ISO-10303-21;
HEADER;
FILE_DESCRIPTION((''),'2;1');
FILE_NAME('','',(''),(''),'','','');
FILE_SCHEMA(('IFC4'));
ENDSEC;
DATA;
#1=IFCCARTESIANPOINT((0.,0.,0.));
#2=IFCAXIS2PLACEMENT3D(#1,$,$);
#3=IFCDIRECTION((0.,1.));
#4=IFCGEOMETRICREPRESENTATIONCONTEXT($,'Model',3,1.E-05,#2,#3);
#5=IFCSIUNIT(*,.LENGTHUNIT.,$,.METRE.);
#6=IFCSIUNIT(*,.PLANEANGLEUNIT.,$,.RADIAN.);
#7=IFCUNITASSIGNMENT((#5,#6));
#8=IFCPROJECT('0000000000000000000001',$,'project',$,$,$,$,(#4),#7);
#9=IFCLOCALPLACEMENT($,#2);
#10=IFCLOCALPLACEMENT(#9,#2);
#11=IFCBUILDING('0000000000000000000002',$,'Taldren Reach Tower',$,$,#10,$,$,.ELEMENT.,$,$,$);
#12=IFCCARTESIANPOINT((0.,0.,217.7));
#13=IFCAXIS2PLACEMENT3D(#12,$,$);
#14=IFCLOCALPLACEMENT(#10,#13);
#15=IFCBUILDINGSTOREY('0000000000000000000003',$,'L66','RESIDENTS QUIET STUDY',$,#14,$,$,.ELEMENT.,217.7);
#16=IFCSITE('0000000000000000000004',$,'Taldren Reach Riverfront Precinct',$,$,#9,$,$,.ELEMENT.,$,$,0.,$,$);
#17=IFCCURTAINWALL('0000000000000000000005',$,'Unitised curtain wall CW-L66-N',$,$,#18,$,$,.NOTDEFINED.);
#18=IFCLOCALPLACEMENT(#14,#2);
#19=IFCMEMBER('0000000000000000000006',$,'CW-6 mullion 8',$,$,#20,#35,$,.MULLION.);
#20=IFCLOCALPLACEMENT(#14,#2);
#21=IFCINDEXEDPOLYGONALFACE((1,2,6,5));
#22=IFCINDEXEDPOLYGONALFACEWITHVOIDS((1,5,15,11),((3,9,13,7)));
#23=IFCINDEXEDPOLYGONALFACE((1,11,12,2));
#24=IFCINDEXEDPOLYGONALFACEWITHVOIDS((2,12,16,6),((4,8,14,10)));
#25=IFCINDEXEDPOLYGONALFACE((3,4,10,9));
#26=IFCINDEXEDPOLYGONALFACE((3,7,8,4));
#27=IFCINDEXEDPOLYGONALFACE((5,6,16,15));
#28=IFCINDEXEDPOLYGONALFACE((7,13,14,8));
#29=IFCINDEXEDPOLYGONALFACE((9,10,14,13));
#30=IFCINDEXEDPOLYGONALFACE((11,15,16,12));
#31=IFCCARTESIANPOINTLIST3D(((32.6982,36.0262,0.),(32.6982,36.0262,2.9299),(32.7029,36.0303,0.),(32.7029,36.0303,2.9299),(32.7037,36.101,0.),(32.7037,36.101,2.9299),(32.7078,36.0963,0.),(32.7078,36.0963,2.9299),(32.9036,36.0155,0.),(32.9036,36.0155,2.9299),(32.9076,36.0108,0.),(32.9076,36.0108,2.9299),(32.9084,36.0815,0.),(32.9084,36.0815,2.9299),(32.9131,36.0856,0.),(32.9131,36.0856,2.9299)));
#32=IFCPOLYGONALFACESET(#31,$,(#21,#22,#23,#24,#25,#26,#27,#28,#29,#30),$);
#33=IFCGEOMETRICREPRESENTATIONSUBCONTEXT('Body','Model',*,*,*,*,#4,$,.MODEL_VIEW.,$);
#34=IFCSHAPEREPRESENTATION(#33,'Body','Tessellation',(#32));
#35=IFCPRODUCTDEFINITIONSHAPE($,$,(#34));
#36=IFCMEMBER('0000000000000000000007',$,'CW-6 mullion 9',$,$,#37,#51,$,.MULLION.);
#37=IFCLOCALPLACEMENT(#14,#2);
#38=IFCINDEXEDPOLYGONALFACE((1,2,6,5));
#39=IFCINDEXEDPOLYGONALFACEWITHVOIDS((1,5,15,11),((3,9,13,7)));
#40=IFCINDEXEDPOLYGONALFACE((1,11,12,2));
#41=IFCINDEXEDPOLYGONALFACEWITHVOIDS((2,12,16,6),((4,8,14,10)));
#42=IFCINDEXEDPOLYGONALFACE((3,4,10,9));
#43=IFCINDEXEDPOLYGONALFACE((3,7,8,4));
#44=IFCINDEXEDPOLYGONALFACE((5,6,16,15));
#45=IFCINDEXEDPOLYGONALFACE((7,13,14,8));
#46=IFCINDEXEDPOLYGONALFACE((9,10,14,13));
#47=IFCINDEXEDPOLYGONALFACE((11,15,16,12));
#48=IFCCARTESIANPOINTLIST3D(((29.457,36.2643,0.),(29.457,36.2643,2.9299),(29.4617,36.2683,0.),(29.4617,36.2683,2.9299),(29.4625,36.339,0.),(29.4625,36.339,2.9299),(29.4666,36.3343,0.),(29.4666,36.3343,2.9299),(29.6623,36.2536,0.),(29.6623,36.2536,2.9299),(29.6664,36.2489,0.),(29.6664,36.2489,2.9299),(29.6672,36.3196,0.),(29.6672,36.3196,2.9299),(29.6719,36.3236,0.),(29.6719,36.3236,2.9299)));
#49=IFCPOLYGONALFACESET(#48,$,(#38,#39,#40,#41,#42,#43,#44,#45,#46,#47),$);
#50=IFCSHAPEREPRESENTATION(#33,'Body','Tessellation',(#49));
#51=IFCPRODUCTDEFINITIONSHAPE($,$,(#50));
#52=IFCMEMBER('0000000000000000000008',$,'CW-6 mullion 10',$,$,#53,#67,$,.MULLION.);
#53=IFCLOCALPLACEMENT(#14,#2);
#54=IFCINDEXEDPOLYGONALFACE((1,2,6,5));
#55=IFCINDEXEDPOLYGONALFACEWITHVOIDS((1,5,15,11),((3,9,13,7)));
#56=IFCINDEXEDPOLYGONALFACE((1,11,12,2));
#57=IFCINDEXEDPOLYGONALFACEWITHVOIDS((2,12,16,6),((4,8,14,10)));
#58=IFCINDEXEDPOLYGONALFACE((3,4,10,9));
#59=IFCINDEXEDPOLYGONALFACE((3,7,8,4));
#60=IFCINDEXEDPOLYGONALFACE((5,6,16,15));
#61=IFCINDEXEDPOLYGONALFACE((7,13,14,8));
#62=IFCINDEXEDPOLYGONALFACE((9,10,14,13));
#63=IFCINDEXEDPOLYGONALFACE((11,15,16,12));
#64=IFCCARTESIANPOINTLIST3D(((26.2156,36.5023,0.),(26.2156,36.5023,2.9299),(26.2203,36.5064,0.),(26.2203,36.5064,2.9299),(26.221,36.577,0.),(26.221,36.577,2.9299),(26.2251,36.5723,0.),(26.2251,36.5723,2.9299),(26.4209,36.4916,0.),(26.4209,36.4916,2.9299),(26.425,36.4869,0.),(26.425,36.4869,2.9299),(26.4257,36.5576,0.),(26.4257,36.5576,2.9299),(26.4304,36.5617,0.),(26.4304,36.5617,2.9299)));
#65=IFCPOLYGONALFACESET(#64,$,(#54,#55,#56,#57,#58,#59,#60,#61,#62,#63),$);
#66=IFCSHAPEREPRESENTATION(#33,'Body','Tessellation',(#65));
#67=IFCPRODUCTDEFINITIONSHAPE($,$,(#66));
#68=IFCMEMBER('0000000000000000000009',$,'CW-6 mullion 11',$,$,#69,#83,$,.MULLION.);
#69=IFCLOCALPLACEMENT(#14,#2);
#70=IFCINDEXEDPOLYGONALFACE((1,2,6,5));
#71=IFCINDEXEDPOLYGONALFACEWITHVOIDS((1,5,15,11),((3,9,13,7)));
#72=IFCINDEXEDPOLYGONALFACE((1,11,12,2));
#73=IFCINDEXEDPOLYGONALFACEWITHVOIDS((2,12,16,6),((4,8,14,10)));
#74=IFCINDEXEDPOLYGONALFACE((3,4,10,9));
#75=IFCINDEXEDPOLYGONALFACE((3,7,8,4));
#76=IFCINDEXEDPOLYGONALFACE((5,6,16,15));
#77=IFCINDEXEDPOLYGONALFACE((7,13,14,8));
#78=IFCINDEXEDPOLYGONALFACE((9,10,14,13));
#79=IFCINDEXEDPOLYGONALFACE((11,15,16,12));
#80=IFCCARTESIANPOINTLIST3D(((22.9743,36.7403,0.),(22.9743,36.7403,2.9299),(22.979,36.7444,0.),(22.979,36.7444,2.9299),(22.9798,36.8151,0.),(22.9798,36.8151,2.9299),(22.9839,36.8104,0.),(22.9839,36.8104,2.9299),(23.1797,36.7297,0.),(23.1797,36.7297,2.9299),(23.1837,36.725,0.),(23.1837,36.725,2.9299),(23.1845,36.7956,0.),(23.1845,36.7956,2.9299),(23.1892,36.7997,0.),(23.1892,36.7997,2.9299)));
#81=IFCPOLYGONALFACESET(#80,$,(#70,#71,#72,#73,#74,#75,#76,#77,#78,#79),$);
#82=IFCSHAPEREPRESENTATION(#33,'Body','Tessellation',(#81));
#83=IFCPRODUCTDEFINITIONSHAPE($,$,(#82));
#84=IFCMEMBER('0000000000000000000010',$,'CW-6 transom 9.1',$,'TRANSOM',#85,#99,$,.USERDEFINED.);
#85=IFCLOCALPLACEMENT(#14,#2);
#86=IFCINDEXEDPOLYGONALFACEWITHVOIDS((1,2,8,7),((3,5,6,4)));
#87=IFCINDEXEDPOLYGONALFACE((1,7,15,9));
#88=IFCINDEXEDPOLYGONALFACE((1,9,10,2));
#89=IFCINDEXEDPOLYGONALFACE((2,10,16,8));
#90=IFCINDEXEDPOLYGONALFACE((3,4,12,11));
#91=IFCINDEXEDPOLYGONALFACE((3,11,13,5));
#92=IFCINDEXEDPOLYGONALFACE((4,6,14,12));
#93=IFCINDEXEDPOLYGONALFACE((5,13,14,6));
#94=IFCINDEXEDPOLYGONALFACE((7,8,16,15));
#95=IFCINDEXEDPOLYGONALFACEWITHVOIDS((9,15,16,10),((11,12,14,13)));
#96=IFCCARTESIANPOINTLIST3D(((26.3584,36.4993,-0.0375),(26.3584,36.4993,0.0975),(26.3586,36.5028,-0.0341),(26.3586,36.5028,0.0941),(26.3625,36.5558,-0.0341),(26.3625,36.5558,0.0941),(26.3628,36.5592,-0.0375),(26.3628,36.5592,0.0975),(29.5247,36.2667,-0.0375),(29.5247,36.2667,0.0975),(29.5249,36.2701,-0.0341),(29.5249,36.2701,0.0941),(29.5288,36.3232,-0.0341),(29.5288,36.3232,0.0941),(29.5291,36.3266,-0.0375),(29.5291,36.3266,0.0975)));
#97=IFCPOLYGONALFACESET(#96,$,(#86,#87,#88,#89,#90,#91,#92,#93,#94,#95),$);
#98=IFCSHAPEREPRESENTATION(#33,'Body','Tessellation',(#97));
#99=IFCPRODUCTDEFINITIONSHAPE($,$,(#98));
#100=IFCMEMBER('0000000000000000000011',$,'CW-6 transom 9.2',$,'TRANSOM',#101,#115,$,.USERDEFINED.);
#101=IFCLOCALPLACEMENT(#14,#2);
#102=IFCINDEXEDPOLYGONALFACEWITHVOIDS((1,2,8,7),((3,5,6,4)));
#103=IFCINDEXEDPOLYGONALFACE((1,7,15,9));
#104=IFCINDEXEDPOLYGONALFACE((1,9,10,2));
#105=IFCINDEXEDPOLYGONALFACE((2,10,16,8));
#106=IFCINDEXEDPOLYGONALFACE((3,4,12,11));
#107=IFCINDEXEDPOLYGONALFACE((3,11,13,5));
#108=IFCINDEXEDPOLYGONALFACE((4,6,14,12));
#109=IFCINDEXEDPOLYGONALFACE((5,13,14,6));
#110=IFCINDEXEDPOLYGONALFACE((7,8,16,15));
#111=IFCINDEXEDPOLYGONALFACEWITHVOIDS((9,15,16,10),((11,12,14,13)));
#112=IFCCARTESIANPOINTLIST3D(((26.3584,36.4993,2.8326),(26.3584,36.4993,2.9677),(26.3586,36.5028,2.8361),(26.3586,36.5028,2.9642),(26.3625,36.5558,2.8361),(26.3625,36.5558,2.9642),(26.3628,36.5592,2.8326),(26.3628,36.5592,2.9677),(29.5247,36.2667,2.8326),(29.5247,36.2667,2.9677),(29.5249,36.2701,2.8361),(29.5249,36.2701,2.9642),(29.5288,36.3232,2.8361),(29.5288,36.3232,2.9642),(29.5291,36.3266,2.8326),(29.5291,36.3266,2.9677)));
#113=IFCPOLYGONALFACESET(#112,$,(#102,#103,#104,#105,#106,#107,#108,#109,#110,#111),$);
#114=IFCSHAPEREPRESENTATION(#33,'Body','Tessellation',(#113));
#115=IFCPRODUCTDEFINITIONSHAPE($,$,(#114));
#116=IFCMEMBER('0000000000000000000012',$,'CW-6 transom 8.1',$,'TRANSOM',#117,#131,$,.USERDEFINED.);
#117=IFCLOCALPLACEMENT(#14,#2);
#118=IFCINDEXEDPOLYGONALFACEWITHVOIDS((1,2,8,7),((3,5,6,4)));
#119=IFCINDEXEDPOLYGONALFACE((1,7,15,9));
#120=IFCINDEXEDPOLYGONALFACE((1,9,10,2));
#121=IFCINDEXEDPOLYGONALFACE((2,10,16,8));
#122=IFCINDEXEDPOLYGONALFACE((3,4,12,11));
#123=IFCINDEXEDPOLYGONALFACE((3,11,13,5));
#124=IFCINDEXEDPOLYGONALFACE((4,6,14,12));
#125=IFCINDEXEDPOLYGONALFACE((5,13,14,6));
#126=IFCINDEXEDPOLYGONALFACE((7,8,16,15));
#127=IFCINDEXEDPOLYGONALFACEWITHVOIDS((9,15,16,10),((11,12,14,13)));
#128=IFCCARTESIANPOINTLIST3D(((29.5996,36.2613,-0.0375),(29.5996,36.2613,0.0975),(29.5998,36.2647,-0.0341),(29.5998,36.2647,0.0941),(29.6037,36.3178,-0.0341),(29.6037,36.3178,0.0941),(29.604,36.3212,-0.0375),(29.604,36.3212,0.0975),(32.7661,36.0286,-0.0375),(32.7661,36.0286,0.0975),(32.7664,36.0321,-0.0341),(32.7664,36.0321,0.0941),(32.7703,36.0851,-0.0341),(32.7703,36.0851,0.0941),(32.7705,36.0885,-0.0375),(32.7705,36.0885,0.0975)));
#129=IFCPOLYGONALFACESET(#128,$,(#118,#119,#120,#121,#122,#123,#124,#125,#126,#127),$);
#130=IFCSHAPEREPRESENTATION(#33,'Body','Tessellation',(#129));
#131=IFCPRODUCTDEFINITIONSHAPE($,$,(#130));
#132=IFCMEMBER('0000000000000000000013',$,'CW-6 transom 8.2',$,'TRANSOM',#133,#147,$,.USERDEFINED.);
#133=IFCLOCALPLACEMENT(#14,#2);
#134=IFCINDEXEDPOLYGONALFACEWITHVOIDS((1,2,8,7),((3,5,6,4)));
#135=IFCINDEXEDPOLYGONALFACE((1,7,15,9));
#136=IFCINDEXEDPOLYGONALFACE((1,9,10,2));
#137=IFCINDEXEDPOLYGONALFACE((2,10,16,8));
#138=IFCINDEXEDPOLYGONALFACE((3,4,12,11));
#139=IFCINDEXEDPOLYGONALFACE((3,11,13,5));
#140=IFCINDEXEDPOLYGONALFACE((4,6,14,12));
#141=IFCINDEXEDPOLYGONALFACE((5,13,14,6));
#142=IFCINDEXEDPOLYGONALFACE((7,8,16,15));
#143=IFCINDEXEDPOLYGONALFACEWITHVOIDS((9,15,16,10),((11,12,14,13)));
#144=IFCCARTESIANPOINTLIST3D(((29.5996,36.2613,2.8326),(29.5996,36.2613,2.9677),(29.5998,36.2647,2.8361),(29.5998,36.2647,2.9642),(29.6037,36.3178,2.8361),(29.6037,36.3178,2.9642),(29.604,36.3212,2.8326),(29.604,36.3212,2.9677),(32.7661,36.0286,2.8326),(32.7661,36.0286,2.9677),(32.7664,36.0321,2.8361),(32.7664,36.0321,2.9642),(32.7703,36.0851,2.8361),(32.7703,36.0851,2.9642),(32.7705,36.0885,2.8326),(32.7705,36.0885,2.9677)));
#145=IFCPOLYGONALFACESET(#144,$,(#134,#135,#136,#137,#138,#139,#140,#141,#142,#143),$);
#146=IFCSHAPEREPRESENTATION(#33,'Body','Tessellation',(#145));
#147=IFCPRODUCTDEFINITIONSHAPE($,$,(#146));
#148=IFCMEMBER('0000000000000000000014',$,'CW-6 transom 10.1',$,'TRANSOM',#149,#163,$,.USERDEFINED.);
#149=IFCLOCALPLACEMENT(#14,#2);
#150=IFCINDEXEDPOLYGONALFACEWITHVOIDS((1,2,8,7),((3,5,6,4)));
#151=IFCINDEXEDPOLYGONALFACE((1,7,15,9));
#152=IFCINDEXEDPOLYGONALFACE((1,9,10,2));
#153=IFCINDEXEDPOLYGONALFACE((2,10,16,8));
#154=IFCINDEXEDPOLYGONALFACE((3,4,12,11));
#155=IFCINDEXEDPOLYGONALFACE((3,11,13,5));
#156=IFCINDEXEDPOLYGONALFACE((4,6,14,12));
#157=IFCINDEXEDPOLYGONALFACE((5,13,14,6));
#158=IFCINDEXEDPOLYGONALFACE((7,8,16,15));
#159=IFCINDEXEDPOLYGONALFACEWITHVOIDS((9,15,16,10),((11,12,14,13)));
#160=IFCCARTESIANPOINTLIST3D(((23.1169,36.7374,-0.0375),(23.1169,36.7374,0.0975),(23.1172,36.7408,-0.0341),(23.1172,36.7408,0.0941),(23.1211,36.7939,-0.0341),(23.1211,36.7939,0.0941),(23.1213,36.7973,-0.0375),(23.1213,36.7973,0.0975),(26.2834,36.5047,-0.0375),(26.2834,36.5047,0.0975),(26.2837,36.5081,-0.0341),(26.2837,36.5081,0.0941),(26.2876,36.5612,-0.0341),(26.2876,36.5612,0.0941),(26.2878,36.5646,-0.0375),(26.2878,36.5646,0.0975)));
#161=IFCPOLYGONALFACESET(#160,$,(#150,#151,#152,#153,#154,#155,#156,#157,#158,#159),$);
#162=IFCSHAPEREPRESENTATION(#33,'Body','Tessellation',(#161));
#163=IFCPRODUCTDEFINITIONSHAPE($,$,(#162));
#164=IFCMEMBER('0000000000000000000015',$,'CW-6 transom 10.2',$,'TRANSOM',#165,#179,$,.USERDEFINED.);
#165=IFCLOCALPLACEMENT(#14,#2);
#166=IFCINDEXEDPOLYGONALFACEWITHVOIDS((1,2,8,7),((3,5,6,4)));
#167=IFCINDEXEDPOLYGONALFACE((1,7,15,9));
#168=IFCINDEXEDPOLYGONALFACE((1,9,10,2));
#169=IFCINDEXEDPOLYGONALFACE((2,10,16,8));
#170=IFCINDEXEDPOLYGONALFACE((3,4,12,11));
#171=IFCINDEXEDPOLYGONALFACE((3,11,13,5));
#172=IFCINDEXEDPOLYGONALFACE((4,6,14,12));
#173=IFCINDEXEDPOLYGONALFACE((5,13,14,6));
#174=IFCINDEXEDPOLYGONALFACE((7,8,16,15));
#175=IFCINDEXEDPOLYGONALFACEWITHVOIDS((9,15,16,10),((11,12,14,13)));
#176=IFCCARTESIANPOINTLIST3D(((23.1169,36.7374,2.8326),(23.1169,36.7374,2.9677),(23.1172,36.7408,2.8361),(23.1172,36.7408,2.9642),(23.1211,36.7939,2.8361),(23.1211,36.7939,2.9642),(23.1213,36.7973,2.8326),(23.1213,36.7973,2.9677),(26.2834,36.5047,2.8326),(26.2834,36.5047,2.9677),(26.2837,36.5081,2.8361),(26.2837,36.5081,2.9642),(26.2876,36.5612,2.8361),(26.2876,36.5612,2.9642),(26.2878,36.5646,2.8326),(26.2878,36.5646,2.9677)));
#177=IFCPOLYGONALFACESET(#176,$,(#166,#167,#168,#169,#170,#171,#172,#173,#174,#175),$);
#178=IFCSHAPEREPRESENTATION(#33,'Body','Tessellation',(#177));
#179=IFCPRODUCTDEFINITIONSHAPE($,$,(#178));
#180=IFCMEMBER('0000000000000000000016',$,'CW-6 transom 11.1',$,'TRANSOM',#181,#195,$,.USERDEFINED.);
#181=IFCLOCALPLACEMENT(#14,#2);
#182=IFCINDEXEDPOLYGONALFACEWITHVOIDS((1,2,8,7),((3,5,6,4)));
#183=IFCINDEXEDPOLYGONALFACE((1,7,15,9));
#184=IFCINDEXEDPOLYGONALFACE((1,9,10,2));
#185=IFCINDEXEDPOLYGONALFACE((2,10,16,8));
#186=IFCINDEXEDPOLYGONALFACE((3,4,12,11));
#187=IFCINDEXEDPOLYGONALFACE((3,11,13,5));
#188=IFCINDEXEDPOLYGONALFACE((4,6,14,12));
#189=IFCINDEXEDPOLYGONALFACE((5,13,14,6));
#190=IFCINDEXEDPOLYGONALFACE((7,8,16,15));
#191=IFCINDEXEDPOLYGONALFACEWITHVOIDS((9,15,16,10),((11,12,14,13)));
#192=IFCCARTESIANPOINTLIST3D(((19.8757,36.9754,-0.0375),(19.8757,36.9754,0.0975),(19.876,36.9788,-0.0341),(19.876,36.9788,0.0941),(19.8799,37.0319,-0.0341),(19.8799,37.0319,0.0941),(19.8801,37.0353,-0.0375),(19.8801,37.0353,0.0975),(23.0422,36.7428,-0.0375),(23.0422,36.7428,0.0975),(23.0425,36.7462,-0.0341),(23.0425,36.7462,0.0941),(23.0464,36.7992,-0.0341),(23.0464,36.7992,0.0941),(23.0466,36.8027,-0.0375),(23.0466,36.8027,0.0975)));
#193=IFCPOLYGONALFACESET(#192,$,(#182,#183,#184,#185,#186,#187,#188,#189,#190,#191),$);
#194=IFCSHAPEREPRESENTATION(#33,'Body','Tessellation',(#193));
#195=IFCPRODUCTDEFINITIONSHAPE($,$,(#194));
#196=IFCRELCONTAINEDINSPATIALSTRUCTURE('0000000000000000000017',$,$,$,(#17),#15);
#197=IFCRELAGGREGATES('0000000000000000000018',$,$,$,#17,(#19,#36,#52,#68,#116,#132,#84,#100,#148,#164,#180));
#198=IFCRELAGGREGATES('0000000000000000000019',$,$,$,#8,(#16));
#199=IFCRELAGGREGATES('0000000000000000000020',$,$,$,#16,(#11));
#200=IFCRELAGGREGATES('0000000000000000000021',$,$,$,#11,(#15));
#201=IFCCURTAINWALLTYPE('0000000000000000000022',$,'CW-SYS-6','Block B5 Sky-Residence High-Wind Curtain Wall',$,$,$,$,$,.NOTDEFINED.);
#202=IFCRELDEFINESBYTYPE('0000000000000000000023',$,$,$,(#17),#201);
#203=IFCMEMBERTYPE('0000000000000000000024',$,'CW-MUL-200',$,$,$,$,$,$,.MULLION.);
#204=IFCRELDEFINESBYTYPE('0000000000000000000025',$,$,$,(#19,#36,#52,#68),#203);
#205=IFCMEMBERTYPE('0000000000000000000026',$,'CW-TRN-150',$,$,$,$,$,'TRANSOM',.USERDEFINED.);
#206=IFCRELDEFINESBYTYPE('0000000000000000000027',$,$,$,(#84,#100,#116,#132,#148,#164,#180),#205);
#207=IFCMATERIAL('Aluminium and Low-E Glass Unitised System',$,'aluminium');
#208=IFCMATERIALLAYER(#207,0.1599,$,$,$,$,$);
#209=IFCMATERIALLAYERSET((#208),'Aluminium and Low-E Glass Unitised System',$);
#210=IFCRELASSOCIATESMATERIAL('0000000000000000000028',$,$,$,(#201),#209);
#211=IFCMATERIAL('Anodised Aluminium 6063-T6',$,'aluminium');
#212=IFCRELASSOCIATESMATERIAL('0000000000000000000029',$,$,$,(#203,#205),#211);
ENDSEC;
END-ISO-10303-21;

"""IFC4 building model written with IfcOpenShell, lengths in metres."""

from ifc_helpers import new_model, si_unit, direction, frame, origin, origin_2d, place, context, subcontext, project, spatial, hollow_rectangle, extrude, source, transform, mapped, material, layer, layer_set, material_profile, profile_set, type_object, element, aggregate, save


model = new_model("IFC4")

# Units and contexts
model_context = context("Model", 3, precision=1e-05, world=origin(), true_north=direction((0.0, 1.0)))
body_context = subcontext(model_context, "Body", "Model", "MODEL_VIEW")
ifc_project = project(units=[si_unit("LENGTHUNIT", "METRE"), si_unit("PLANEANGLEUNIT", "RADIAN")], contexts=[model_context])

# Site, building, storey
site_placement = place(None, origin())
site = spatial("IfcSite", under=ifc_project, at=site_placement, Name="Taldren Reach Riverfront Precinct", CompositionType="ELEMENT", RefElevation=0.0)
building_placement = place(site_placement, origin())
building = spatial("IfcBuilding", under=site, at=building_placement, Name="Taldren Reach Tower", CompositionType="ELEMENT")
storey_placement = place(building_placement, frame((0.0, 0.0, 217.7)))
storey = spatial("IfcBuildingStorey", under=building, at=storey_placement, Name="L66", Description="RESIDENTS QUIET STUDY", CompositionType="ELEMENT", Elevation=217.7)

# Curtain wall, members
ifc_material_1 = material(Name="Aluminium and Low-E Glass Unitised System", Category="aluminium")
ifc_layer_1 = layer(ifc_material_1, 0.1599)
ifc_layer_set_1 = layer_set([ifc_layer_1], Name="Aluminium and Low-E Glass Unitised System")
curtain_wall_type = type_object("IfcCurtainWallType", Name="CW-SYS-6", Description="Block B5 Sky-Residence High-Wind Curtain Wall", PredefinedType="NOTDEFINED", material=ifc_layer_set_1)
curtain_wall_placement = place(storey_placement, origin())
curtain_wall = element("IfcCurtainWall", 1, at=curtain_wall_placement, inside=storey, type_object=curtain_wall_type, Name="Unitised curtain wall CW-L66-N", PredefinedType="NOTDEFINED")
ifc_material_2 = material(Name="Anodised Aluminium 6063-T6", Category="aluminium")
ifc_material_profile_1 = material_profile(ifc_material_2, hollow_rectangle(XDim=0.075, YDim=0.21, WallThickness=0.0044, at=origin_2d()), Name="ALU-210x75x4.5RHS")
ifc_profile_set_1 = profile_set([ifc_material_profile_1], Name="Anodised Aluminium 6063-T6")
member_type_1 = type_object("IfcMemberType", Name="CW-MUL-200", PredefinedType="MULLION", material=ifc_profile_set_1)
shared_shape_1 = source(origin(), body_context, "Body", "SweptSolid", [
    extrude(hollow_rectangle(XDim=0.075, YDim=0.21, WallThickness=0.0044, at=origin_2d()), origin(), (0.0, 0.0, 1.0), 2.9299),
])
member_1_placement = place(storey_placement, frame((32.8057, 36.0559, 0.0), z_axis=(0.0, 0.0, 1.0), x_axis=(-0.073238, -0.997314, 0.0)))
member_1 = element("IfcMember", 2, at=member_1_placement, type_object=member_type_1, Name="CW-6 mullion 8", PredefinedType="MULLION", context=body_context, shape_type="MappedRepresentation", body=[
    mapped(shared_shape_1, transform((0.0, 0.0, 0.0), scale=1.0)),
])
member_2_placement = place(storey_placement, frame((29.5645, 36.2939, 0.0), z_axis=(0.0, 0.0, 1.0), x_axis=(-0.073238, -0.997314, 0.0)))
member_2 = element("IfcMember", 3, at=member_2_placement, type_object=member_type_1, Name="CW-6 mullion 9", PredefinedType="MULLION", context=body_context, shape_type="MappedRepresentation", body=[
    mapped(shared_shape_1, transform((0.0, 0.0, 0.0), scale=1.0)),
])
member_3_placement = place(storey_placement, frame((26.323, 36.532, 0.0), z_axis=(0.0, 0.0, 1.0), x_axis=(-0.073238, -0.997314, 0.0)))
member_3 = element("IfcMember", 4, at=member_3_placement, type_object=member_type_1, Name="CW-6 mullion 10", PredefinedType="MULLION", context=body_context, shape_type="MappedRepresentation", body=[
    mapped(shared_shape_1, transform((0.0, 0.0, 0.0), scale=1.0)),
])
member_4_placement = place(storey_placement, frame((23.0818, 36.77, 0.0), z_axis=(0.0, 0.0, 1.0), x_axis=(-0.073238, -0.997314, 0.0)))
member_4 = element("IfcMember", 5, at=member_4_placement, type_object=member_type_1, Name="CW-6 mullion 11", PredefinedType="MULLION", context=body_context, shape_type="MappedRepresentation", body=[
    mapped(shared_shape_1, transform((0.0, 0.0, 0.0), scale=1.0)),
])
ifc_material_profile_2 = material_profile(ifc_material_2, hollow_rectangle(XDim=0.0601, YDim=0.135, WallThickness=0.0034, at=origin_2d()), Name="ALU-135x60x3.5RHS")
ifc_profile_set_2 = profile_set([ifc_material_profile_2], Name="Anodised Aluminium 6063-T6")
member_type_2 = type_object("IfcMemberType", Name="CW-TRN-150", ElementType="TRANSOM", PredefinedType="USERDEFINED", material=ifc_profile_set_2)
shared_shape_2 = source(origin(), body_context, "Body", "SweptSolid", [
    extrude(hollow_rectangle(XDim=0.0601, YDim=0.135, WallThickness=0.0034, at=origin_2d()), origin(), (0.0, 0.0, 1.0), 3.1748),
])
member_5_placement = place(storey_placement, frame((29.5269, 36.2966, 0.03), z_axis=(-0.997311, 0.073285, 0.0), x_axis=(-0.073285, -0.997311, 0.0)))
member_5 = element("IfcMember", 6, at=member_5_placement, type_object=member_type_2, Name="CW-6 transom 9.1", ObjectType="TRANSOM", PredefinedType="USERDEFINED", context=body_context, shape_type="MappedRepresentation", body=[
    mapped(shared_shape_2, transform((0.0, 0.0, 0.0), scale=1.0)),
])
member_6_placement = place(storey_placement, frame((29.5269, 36.2966, 2.9001), z_axis=(-0.997311, 0.073285, 0.0), x_axis=(-0.073285, -0.997311, 0.0)))
member_6 = element("IfcMember", 7, at=member_6_placement, type_object=member_type_2, Name="CW-6 transom 9.2", ObjectType="TRANSOM", PredefinedType="USERDEFINED", context=body_context, shape_type="MappedRepresentation", body=[
    mapped(shared_shape_2, transform((0.0, 0.0, 0.0), scale=1.0)),
])
shared_shape_3 = source(origin(), body_context, "Body", "SweptSolid", [
    extrude(hollow_rectangle(XDim=0.0601, YDim=0.135, WallThickness=0.0034, at=origin_2d()), origin(), (0.0, 0.0, 1.0), 3.175),
])
member_7_placement = place(storey_placement, frame((32.7683, 36.0586, 0.03), z_axis=(-0.997311, 0.07328, 0.0), x_axis=(-0.07328, -0.997311, 0.0)))
member_7 = element("IfcMember", 8, at=member_7_placement, type_object=member_type_2, Name="CW-6 transom 8.1", ObjectType="TRANSOM", PredefinedType="USERDEFINED", context=body_context, shape_type="MappedRepresentation", body=[
    mapped(shared_shape_3, transform((0.0, 0.0, 0.0), scale=1.0)),
])
member_8_placement = place(storey_placement, frame((32.7683, 36.0586, 2.9001), z_axis=(-0.997311, 0.07328, 0.0), x_axis=(-0.07328, -0.997311, 0.0)))
member_8 = element("IfcMember", 9, at=member_8_placement, type_object=member_type_2, Name="CW-6 transom 8.2", ObjectType="TRANSOM", PredefinedType="USERDEFINED", context=body_context, shape_type="MappedRepresentation", body=[
    mapped(shared_shape_3, transform((0.0, 0.0, 0.0), scale=1.0)),
])
member_9_placement = place(storey_placement, frame((26.2856, 36.5347, 0.03), z_axis=(-0.997311, 0.07328, 0.0), x_axis=(-0.07328, -0.997311, 0.0)))
member_9 = element("IfcMember", 10, at=member_9_placement, type_object=member_type_2, Name="CW-6 transom 10.1", ObjectType="TRANSOM", PredefinedType="USERDEFINED", context=body_context, shape_type="MappedRepresentation", body=[
    mapped(shared_shape_3, transform((0.0, 0.0, 0.0), scale=1.0)),
])
member_10_placement = place(storey_placement, frame((26.2856, 36.5347, 2.9001), z_axis=(-0.997311, 0.07328, 0.0), x_axis=(-0.07328, -0.997311, 0.0)))
member_10 = element("IfcMember", 11, at=member_10_placement, type_object=member_type_2, Name="CW-6 transom 10.2", ObjectType="TRANSOM", PredefinedType="USERDEFINED", context=body_context, shape_type="MappedRepresentation", body=[
    mapped(shared_shape_3, transform((0.0, 0.0, 0.0), scale=1.0)),
])
member_11_placement = place(storey_placement, frame((23.0444, 36.7727, 0.03), z_axis=(-0.997311, 0.07328, 0.0), x_axis=(-0.07328, -0.997311, 0.0)))
member_11 = element("IfcMember", 12, at=member_11_placement, type_object=member_type_2, Name="CW-6 transom 11.1", ObjectType="TRANSOM", PredefinedType="USERDEFINED", context=body_context, shape_type="MappedRepresentation", body=[
    mapped(shared_shape_3, transform((0.0, 0.0, 0.0), scale=1.0)),
])

aggregate(curtain_wall, [member_1, member_2, member_3, member_4, member_7, member_8, member_5, member_6, member_9, member_10, member_11])

save(model, "model.ifc")
